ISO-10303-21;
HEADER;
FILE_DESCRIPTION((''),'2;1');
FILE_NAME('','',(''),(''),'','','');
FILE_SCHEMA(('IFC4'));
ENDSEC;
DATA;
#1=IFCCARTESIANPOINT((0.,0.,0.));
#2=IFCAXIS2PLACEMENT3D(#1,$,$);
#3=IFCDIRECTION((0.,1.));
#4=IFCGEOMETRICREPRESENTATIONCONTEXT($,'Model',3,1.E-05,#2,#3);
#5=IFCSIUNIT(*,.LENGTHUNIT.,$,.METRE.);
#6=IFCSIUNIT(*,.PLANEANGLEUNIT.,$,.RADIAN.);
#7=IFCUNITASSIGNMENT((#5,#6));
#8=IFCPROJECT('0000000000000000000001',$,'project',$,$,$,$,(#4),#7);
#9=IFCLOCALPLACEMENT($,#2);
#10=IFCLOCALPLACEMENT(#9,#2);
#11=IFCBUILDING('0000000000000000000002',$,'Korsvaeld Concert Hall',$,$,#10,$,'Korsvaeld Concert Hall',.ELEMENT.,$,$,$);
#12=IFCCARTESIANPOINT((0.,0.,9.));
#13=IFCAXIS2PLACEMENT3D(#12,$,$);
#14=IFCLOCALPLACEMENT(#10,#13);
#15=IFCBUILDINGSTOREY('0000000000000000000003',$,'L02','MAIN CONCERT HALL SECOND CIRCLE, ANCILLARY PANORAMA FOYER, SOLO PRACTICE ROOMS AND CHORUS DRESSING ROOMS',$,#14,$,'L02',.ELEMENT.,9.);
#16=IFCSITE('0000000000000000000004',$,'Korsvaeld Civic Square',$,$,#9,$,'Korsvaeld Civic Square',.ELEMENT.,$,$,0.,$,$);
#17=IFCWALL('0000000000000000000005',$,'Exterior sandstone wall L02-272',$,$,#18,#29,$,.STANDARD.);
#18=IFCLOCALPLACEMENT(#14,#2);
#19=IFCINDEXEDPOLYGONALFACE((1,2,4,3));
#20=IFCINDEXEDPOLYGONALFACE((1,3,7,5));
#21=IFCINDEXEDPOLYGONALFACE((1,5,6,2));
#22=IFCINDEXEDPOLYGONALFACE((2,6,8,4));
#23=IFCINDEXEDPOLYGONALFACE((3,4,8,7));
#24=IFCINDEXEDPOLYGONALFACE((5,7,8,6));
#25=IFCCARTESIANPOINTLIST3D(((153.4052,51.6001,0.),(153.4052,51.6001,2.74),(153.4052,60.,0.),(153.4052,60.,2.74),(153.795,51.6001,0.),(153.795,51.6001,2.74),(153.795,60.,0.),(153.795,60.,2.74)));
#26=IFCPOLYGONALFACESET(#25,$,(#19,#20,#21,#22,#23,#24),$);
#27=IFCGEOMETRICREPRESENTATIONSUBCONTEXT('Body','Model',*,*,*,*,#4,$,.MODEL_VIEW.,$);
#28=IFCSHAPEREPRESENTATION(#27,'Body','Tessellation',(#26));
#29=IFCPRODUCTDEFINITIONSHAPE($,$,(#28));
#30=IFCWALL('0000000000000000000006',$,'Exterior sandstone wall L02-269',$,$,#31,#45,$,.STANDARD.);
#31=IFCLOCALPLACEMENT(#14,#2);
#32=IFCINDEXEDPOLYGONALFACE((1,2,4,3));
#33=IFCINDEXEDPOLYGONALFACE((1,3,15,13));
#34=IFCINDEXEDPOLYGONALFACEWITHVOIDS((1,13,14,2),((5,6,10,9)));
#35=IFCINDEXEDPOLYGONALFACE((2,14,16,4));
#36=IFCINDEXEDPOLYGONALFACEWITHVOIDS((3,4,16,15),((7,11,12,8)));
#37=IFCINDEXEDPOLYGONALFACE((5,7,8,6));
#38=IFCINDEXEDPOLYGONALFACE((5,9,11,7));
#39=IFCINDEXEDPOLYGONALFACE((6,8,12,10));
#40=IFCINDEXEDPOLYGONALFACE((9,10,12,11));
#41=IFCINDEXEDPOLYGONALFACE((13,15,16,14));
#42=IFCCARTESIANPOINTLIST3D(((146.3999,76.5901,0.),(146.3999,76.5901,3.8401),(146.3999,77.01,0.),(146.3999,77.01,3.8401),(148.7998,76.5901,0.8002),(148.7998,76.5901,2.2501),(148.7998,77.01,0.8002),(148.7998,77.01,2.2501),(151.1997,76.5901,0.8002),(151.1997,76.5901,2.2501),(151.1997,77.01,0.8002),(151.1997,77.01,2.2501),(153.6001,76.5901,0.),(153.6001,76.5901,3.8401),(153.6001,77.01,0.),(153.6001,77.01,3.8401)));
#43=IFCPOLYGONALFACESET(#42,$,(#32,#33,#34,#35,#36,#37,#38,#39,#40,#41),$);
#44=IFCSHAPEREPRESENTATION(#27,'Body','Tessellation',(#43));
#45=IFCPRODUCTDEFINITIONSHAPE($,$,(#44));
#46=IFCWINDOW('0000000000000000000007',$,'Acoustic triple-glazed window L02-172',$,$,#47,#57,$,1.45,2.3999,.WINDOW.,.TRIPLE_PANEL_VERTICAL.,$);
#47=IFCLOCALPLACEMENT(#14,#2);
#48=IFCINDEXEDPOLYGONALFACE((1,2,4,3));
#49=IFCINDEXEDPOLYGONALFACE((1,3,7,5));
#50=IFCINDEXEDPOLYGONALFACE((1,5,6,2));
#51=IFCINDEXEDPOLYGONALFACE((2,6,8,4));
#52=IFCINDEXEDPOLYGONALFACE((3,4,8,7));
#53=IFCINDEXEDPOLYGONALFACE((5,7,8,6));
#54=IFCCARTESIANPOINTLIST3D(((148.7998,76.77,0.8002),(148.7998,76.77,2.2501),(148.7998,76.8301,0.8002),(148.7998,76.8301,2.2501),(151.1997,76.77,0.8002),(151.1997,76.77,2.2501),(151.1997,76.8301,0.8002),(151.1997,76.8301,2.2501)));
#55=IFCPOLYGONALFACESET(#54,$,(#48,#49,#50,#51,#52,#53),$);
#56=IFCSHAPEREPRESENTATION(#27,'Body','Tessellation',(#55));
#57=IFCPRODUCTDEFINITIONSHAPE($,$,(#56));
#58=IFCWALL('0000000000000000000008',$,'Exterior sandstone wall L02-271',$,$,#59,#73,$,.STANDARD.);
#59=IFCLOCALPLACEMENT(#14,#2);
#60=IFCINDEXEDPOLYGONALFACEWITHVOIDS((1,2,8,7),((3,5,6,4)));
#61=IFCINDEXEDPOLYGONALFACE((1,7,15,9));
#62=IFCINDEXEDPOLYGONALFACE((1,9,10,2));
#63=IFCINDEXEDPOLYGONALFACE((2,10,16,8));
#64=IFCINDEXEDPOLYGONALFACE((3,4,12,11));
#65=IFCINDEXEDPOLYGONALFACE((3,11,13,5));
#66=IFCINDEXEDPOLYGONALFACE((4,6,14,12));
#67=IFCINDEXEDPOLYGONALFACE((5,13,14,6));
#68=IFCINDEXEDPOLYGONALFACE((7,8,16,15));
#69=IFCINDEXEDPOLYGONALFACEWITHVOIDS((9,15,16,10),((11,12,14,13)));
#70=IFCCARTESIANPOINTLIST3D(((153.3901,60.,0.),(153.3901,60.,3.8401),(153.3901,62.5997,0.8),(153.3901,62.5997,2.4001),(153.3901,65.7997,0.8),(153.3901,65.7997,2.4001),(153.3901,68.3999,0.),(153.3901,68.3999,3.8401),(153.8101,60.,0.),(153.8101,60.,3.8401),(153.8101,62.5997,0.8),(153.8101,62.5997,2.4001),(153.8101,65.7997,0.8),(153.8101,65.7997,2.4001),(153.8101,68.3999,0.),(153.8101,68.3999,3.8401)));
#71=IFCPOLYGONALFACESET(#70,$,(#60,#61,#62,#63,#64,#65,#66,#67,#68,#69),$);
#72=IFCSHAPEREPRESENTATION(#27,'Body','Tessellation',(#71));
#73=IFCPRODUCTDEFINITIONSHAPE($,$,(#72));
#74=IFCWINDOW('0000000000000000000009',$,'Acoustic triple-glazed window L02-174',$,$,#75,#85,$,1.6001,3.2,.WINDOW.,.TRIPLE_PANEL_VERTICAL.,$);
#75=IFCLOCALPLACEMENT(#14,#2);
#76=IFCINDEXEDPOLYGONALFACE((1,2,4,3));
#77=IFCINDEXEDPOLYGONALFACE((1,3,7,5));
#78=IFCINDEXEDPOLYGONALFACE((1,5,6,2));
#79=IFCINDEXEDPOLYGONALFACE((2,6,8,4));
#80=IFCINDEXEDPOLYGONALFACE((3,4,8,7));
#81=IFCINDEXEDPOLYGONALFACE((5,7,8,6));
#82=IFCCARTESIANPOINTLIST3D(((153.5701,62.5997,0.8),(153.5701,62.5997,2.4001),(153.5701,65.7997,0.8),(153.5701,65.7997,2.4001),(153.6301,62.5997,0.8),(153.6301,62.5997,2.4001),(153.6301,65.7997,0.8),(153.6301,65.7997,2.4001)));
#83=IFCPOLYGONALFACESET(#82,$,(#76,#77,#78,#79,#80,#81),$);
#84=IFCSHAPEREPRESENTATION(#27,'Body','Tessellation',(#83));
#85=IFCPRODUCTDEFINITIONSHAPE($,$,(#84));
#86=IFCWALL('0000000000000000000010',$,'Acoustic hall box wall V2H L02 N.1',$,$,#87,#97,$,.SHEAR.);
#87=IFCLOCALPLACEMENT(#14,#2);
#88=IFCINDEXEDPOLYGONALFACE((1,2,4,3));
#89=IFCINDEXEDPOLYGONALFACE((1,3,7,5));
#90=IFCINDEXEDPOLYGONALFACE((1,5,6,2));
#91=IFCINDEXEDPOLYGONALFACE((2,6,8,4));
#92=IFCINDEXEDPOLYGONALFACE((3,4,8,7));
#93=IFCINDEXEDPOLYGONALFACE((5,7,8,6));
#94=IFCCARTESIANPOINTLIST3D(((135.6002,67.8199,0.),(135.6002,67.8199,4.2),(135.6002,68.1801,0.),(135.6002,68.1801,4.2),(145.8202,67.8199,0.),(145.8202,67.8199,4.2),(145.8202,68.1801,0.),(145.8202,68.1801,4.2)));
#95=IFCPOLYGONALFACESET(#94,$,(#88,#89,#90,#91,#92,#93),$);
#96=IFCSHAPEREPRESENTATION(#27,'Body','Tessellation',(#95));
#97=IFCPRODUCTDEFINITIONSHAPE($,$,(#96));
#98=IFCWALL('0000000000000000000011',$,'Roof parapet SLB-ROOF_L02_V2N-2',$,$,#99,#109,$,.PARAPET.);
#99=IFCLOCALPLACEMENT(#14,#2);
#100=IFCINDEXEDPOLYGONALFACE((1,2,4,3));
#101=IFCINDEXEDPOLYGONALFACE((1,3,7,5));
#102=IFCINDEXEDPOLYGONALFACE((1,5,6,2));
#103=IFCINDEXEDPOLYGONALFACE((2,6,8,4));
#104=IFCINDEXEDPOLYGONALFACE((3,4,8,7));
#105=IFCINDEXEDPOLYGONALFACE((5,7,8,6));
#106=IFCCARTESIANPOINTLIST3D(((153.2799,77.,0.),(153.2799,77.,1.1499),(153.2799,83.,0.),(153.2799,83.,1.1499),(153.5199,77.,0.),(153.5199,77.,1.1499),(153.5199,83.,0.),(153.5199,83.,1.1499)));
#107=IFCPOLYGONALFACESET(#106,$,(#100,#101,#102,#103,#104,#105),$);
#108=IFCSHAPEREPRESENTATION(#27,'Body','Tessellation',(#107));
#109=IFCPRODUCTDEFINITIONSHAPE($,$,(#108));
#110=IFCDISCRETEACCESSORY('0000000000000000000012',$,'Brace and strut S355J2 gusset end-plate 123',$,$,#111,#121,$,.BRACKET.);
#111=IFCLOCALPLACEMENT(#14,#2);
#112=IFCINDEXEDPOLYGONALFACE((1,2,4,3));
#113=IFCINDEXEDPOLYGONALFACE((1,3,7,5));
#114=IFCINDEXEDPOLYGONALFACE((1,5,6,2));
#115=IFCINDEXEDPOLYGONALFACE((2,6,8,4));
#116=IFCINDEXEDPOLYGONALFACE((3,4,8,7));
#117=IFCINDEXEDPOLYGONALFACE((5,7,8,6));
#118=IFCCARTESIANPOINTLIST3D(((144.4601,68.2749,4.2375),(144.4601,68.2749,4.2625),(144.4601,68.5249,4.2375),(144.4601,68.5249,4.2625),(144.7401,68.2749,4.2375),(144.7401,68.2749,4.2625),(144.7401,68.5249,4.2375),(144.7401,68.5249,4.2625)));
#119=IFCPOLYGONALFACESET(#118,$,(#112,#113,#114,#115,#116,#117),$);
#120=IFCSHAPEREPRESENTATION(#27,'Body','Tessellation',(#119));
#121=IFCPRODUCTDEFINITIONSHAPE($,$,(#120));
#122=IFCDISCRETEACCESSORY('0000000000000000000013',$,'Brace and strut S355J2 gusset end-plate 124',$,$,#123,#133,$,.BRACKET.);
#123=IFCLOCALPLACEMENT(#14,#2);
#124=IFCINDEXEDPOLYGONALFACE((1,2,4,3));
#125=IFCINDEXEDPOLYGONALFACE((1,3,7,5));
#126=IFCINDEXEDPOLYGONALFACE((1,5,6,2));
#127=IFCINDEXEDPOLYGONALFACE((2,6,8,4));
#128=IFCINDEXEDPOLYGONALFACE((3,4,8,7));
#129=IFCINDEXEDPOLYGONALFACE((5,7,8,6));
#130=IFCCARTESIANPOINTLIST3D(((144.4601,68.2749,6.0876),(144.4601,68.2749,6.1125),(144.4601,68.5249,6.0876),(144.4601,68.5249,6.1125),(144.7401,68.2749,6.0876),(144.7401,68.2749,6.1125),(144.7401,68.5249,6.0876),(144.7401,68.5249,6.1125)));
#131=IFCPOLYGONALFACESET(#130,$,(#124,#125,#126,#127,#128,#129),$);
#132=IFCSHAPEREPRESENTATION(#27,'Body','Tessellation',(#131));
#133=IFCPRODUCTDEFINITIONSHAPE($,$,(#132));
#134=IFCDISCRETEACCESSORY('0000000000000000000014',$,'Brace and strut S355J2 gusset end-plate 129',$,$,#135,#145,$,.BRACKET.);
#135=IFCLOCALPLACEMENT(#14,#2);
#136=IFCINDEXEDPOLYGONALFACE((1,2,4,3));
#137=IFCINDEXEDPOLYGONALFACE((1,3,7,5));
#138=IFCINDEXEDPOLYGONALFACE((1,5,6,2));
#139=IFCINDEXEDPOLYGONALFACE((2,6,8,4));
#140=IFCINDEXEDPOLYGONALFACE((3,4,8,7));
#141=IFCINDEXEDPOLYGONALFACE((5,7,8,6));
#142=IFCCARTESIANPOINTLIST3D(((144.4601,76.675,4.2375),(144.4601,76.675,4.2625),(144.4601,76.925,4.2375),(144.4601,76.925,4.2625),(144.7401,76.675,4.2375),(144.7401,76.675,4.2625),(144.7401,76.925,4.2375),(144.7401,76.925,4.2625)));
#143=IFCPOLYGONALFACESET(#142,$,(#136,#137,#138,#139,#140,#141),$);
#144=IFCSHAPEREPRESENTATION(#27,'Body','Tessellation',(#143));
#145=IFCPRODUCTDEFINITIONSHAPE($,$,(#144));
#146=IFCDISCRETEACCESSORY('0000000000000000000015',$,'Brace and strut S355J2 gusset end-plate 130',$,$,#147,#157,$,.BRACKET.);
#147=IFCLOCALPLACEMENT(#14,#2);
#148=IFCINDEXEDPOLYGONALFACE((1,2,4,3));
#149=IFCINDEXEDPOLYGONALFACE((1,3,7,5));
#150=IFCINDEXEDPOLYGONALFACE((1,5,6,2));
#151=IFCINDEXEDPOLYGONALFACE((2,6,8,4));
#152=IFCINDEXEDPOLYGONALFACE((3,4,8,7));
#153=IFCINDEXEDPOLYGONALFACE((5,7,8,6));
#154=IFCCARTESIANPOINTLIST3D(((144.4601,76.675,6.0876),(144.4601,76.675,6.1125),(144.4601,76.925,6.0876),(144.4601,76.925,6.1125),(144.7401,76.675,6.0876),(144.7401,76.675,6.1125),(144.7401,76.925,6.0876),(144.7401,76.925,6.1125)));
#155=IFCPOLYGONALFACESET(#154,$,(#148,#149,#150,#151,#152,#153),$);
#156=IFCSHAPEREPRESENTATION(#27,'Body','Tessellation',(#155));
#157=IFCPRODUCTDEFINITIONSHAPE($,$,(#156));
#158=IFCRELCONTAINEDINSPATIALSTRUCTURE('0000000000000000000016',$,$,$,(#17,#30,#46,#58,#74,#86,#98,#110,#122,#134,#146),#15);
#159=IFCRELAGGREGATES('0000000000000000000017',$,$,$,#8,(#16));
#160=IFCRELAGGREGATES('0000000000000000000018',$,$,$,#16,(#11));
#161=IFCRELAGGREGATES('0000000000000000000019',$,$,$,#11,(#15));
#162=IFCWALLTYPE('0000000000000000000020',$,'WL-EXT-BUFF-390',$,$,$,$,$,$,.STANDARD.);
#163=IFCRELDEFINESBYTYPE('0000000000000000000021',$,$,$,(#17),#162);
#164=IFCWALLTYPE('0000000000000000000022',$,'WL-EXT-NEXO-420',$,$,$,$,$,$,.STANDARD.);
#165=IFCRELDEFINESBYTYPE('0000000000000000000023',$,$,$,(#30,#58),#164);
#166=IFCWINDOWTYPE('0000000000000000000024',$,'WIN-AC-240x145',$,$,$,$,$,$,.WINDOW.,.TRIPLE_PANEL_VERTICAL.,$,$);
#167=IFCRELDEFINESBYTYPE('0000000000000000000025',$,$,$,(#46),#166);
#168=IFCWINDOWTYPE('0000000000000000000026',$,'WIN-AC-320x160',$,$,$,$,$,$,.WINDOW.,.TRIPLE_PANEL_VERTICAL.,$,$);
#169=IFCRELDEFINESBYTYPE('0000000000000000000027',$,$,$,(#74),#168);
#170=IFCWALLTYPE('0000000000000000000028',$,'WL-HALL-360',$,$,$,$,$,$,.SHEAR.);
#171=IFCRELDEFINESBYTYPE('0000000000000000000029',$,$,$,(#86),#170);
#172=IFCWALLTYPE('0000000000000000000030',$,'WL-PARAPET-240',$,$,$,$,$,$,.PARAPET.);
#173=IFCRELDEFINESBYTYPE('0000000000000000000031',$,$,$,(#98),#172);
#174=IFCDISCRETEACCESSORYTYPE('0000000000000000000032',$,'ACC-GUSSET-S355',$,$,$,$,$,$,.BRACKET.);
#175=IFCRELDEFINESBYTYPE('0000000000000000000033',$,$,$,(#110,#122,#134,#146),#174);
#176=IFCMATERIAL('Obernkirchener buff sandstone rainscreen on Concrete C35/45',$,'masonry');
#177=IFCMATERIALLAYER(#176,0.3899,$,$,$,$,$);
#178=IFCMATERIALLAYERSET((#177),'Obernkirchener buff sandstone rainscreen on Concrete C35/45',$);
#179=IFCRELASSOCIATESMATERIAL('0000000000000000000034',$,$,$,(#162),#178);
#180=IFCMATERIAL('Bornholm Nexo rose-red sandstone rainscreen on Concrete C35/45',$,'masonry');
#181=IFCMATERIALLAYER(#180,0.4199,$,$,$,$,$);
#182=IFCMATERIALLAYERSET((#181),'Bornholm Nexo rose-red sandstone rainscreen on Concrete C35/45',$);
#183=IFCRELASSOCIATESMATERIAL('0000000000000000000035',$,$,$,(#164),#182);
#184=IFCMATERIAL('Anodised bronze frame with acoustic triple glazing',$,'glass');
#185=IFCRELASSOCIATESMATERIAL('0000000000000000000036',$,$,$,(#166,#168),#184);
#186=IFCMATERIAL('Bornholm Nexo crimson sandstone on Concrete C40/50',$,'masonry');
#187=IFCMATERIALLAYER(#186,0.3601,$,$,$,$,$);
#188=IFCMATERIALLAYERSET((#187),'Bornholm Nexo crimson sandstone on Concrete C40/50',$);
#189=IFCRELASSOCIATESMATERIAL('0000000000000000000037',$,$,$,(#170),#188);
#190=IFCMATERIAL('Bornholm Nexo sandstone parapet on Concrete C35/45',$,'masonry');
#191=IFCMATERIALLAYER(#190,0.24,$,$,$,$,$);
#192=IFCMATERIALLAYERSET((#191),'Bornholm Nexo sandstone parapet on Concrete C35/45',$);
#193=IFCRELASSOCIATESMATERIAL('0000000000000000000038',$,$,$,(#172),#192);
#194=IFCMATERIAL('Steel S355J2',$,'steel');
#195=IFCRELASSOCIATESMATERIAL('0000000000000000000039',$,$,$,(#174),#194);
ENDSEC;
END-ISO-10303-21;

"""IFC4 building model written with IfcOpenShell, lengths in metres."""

from ifc_helpers import new_model, si_unit, direction, frame, frame_2d, origin, origin_2d, place, context, subcontext, project, spatial, rectangle, extrude, material, layer, layer_set, type_object, element, fill, save


model = new_model("IFC4")

# Units and contexts
model_context = context("Model", 3, precision=1e-05, world=origin(), true_north=direction((0.0, 1.0)))
body_context = subcontext(model_context, "Body", "Model", "MODEL_VIEW")
ifc_project = project(units=[si_unit("LENGTHUNIT", "METRE"), si_unit("PLANEANGLEUNIT", "RADIAN")], contexts=[model_context])

# Site, building, storey
site_placement = place(None, origin())
site = spatial("IfcSite", under=ifc_project, at=site_placement, Name="Korsvaeld Civic Square", LongName="Korsvaeld Civic Square", CompositionType="ELEMENT", RefElevation=0.0)
building_placement = place(site_placement, origin())
building = spatial("IfcBuilding", under=site, at=building_placement, Name="Korsvaeld Concert Hall", LongName="Korsvaeld Concert Hall", CompositionType="ELEMENT")
storey_placement = place(building_placement, frame((0.0, 0.0, 9.0)))
storey = spatial("IfcBuildingStorey", under=building, at=storey_placement, Name="L02", Description="MAIN CONCERT HALL SECOND CIRCLE, ANCILLARY PANORAMA FOYER, SOLO PRACTICE ROOMS AND CHORUS DRESSING ROOMS", LongName="L02", CompositionType="ELEMENT", Elevation=9.0)

# Shared definitions
ifc_material_1 = material(Name="Steel S355J2", Category="steel")

# Shared definitions
ifc_material_2 = material(Name="Obernkirchener buff sandstone rainscreen on Concrete C35/45", Category="masonry")
ifc_layer_1 = layer(ifc_material_2, 0.3899)
ifc_layer_set_1 = layer_set([ifc_layer_1], Name="Obernkirchener buff sandstone rainscreen on Concrete C35/45")
wall_type_1 = type_object("IfcWallType", Name="WL-EXT-BUFF-390", PredefinedType="STANDARD", material=ifc_layer_set_1)
ifc_material_3 = material(Name="Anodised bronze frame with acoustic triple glazing", Category="glass")

# Wall
wall_1_placement = place(storey_placement, frame((153.6001, 60.0, 0.0), z_axis=(0.0, 0.0, 1.0), x_axis=(0.0, -1.0, 0.0)))
element("IfcWall", 1, at=wall_1_placement, inside=storey, type_object=wall_type_1, Name="Exterior sandstone wall L02-272", PredefinedType="STANDARD", context=body_context, shape_type="SweptSolid", body=[
    extrude(rectangle(XDim=8.3999, YDim=0.3899, at=frame_2d((4.2, 0.0))), origin(), (0.0, 0.0, 1.0), 2.74),
])

# Walls, openings, windows
ifc_material_4 = material(Name="Bornholm Nexo rose-red sandstone rainscreen on Concrete C35/45", Category="masonry")
ifc_layer_2 = layer(ifc_material_4, 0.4199)
ifc_layer_set_2 = layer_set([ifc_layer_2], Name="Bornholm Nexo rose-red sandstone rainscreen on Concrete C35/45")
wall_type_2 = type_object("IfcWallType", Name="WL-EXT-NEXO-420", PredefinedType="STANDARD", material=ifc_layer_set_2)
wall_2_placement = place(storey_placement, frame((146.3999, 76.8, 0.0), z_axis=(0.0, 0.0, 1.0), x_axis=(1.0, 0.0, 0.0)))
wall_2 = element("IfcWall", 2, at=wall_2_placement, inside=storey, type_object=wall_type_2, Name="Exterior sandstone wall L02-269", PredefinedType="STANDARD", context=body_context, shape_type="SweptSolid", body=[
    extrude(rectangle(XDim=7.2002, YDim=0.4199, at=frame_2d((3.6001, 0.0))), origin(), (0.0, 0.0, 1.0), 3.8401),
])
opening_1_placement = place(wall_2_placement, frame((2.3999, 0.0, 0.8)))
opening_1 = element("IfcOpeningElement", 3, at=opening_1_placement, cuts=wall_2, PredefinedType="OPENING", context=body_context, shape_type="SweptSolid", body=[
    extrude(rectangle(XDim=2.3999, YDim=1.45, at=frame_2d((1.2, 0.7251))), frame((0.0, 0.22, 0.0), z_axis=(0.0, -1.0, 0.0), x_axis=(1.0, 0.0, 0.0)), (0.0, 0.0, 1.0), 0.4399),
])
window_type_1 = type_object("IfcWindowType", Name="WIN-AC-240x145", PartitioningType="TRIPLE_PANEL_VERTICAL", PredefinedType="WINDOW", material=ifc_material_3)
window_1_placement = place(opening_1_placement, origin())
window_1 = element("IfcWindow", 4, at=window_1_placement, inside=storey, type_object=window_type_1, Name="Acoustic triple-glazed window L02-172", OverallHeight=1.45, OverallWidth=2.3999, PartitioningType="TRIPLE_PANEL_VERTICAL", PredefinedType="WINDOW", context=body_context, shape_type="SweptSolid", body=[
    extrude(rectangle(XDim=2.3999, YDim=1.45, at=frame_2d((1.2, 0.7251))), frame((0.0, 0.03, 0.0), z_axis=(0.0, -1.0, 0.0), x_axis=(1.0, 0.0, 0.0)), (0.0, 0.0, 1.0), 0.0601),
])
fill(opening_1, window_1)
wall_3_placement = place(storey_placement, frame((153.6001, 68.3999, 0.0), z_axis=(0.0, 0.0, 1.0), x_axis=(0.0, -1.0, 0.0)))
wall_3 = element("IfcWall", 5, at=wall_3_placement, inside=storey, type_object=wall_type_2, Name="Exterior sandstone wall L02-271", PredefinedType="STANDARD", context=body_context, shape_type="SweptSolid", body=[
    extrude(rectangle(XDim=8.3999, YDim=0.4199, at=frame_2d((4.2, 0.0))), origin(), (0.0, 0.0, 1.0), 3.8401),
])
opening_2_placement = place(wall_3_placement, frame((2.6001, 0.0, 0.8)))
opening_2 = element("IfcOpeningElement", 6, at=opening_2_placement, cuts=wall_3, PredefinedType="OPENING", context=body_context, shape_type="SweptSolid", body=[
    extrude(rectangle(XDim=3.2, YDim=1.6001, at=frame_2d((1.6001, 0.8))), frame((0.0, 0.22, 0.0), z_axis=(0.0, -1.0, 0.0), x_axis=(1.0, 0.0, 0.0)), (0.0, 0.0, 1.0), 0.4399),
])
window_type_2 = type_object("IfcWindowType", Name="WIN-AC-320x160", PartitioningType="TRIPLE_PANEL_VERTICAL", PredefinedType="WINDOW", material=ifc_material_3)
window_2_placement = place(opening_2_placement, origin())
window_2 = element("IfcWindow", 7, at=window_2_placement, inside=storey, type_object=window_type_2, Name="Acoustic triple-glazed window L02-174", OverallHeight=1.6001, OverallWidth=3.2, PartitioningType="TRIPLE_PANEL_VERTICAL", PredefinedType="WINDOW", context=body_context, shape_type="SweptSolid", body=[
    extrude(rectangle(XDim=3.2, YDim=1.6001, at=frame_2d((1.6001, 0.8))), frame((0.0, 0.03, 0.0), z_axis=(0.0, -1.0, 0.0), x_axis=(1.0, 0.0, 0.0)), (0.0, 0.0, 1.0), 0.0601),
])
fill(opening_2, window_2)

# Walls
ifc_material_5 = material(Name="Bornholm Nexo crimson sandstone on Concrete C40/50", Category="masonry")
ifc_layer_3 = layer(ifc_material_5, 0.3601)
ifc_layer_set_3 = layer_set([ifc_layer_3], Name="Bornholm Nexo crimson sandstone on Concrete C40/50")
wall_type_3 = type_object("IfcWallType", Name="WL-HALL-360", PredefinedType="SHEAR", material=ifc_layer_set_3)
wall_4_placement = place(storey_placement, frame((145.8201, 68.0, 0.0), z_axis=(0.0, 0.0, 1.0), x_axis=(-1.0, 0.0, 0.0)))
element("IfcWall", 8, at=wall_4_placement, inside=storey, type_object=wall_type_3, Name="Acoustic hall box wall V2H L02 N.1", PredefinedType="SHEAR", context=body_context, shape_type="SweptSolid", body=[
    extrude(rectangle(XDim=10.22, YDim=0.3601, at=frame_2d((5.1099, 0.0))), origin(), (0.0, 0.0, 1.0), 4.2),
])
ifc_material_6 = material(Name="Bornholm Nexo sandstone parapet on Concrete C35/45", Category="masonry")
ifc_layer_4 = layer(ifc_material_6, 0.24)
ifc_layer_set_4 = layer_set([ifc_layer_4], Name="Bornholm Nexo sandstone parapet on Concrete C35/45")
wall_type_4 = type_object("IfcWallType", Name="WL-PARAPET-240", PredefinedType="PARAPET", material=ifc_layer_set_4)
wall_5_placement = place(storey_placement, frame((153.3999, 77.0, 0.0), z_axis=(0.0, 0.0, 1.0), x_axis=(0.0, 1.0, 0.0)))
element("IfcWall", 9, at=wall_5_placement, inside=storey, type_object=wall_type_4, Name="Roof parapet SLB-ROOF_L02_V2N-2", PredefinedType="PARAPET", context=body_context, shape_type="SweptSolid", body=[
    extrude(rectangle(XDim=6.0, YDim=0.24, at=frame_2d((3.0, 0.0))), origin(), (0.0, 0.0, 1.0), 1.1499),
])

# Discrete accessories
discrete_accessory_type = type_object("IfcDiscreteAccessoryType", Name="ACC-GUSSET-S355", PredefinedType="BRACKET", material=ifc_material_1)
for number, where, z_axis, x_axis, name in (
    (10, (144.6001, 68.3999, 4.2375), (0.0, 0.0, 1.0), (1.0, 0.0, 0.0), "Brace and strut S355J2 gusset end-plate 123"),
    (11, (144.6001, 68.3999, 6.0876), (0.0, 0.0, 1.0), (1.0, 0.0, 0.0), "Brace and strut S355J2 gusset end-plate 124"),
    (12, (144.6001, 76.8, 4.2375), (0.0, 0.0, 1.0), (1.0, 0.0, 0.0), "Brace and strut S355J2 gusset end-plate 129"),
    (13, (144.6001, 76.8, 6.0876), (0.0, 0.0, 1.0), (1.0, 0.0, 0.0), "Brace and strut S355J2 gusset end-plate 130"),
):
    element("IfcDiscreteAccessory", number, at=place(storey_placement, frame(where, z_axis=z_axis, x_axis=x_axis)), inside=storey, type_object=discrete_accessory_type, Name=name, PredefinedType="BRACKET", context=body_context, shape_type="SweptSolid", body=[
        extrude(rectangle(XDim=0.28, YDim=0.25, at=origin_2d()), origin(), (0.0, 0.0, 1.0), 0.0249),
    ])

save(model, "model.ifc")
